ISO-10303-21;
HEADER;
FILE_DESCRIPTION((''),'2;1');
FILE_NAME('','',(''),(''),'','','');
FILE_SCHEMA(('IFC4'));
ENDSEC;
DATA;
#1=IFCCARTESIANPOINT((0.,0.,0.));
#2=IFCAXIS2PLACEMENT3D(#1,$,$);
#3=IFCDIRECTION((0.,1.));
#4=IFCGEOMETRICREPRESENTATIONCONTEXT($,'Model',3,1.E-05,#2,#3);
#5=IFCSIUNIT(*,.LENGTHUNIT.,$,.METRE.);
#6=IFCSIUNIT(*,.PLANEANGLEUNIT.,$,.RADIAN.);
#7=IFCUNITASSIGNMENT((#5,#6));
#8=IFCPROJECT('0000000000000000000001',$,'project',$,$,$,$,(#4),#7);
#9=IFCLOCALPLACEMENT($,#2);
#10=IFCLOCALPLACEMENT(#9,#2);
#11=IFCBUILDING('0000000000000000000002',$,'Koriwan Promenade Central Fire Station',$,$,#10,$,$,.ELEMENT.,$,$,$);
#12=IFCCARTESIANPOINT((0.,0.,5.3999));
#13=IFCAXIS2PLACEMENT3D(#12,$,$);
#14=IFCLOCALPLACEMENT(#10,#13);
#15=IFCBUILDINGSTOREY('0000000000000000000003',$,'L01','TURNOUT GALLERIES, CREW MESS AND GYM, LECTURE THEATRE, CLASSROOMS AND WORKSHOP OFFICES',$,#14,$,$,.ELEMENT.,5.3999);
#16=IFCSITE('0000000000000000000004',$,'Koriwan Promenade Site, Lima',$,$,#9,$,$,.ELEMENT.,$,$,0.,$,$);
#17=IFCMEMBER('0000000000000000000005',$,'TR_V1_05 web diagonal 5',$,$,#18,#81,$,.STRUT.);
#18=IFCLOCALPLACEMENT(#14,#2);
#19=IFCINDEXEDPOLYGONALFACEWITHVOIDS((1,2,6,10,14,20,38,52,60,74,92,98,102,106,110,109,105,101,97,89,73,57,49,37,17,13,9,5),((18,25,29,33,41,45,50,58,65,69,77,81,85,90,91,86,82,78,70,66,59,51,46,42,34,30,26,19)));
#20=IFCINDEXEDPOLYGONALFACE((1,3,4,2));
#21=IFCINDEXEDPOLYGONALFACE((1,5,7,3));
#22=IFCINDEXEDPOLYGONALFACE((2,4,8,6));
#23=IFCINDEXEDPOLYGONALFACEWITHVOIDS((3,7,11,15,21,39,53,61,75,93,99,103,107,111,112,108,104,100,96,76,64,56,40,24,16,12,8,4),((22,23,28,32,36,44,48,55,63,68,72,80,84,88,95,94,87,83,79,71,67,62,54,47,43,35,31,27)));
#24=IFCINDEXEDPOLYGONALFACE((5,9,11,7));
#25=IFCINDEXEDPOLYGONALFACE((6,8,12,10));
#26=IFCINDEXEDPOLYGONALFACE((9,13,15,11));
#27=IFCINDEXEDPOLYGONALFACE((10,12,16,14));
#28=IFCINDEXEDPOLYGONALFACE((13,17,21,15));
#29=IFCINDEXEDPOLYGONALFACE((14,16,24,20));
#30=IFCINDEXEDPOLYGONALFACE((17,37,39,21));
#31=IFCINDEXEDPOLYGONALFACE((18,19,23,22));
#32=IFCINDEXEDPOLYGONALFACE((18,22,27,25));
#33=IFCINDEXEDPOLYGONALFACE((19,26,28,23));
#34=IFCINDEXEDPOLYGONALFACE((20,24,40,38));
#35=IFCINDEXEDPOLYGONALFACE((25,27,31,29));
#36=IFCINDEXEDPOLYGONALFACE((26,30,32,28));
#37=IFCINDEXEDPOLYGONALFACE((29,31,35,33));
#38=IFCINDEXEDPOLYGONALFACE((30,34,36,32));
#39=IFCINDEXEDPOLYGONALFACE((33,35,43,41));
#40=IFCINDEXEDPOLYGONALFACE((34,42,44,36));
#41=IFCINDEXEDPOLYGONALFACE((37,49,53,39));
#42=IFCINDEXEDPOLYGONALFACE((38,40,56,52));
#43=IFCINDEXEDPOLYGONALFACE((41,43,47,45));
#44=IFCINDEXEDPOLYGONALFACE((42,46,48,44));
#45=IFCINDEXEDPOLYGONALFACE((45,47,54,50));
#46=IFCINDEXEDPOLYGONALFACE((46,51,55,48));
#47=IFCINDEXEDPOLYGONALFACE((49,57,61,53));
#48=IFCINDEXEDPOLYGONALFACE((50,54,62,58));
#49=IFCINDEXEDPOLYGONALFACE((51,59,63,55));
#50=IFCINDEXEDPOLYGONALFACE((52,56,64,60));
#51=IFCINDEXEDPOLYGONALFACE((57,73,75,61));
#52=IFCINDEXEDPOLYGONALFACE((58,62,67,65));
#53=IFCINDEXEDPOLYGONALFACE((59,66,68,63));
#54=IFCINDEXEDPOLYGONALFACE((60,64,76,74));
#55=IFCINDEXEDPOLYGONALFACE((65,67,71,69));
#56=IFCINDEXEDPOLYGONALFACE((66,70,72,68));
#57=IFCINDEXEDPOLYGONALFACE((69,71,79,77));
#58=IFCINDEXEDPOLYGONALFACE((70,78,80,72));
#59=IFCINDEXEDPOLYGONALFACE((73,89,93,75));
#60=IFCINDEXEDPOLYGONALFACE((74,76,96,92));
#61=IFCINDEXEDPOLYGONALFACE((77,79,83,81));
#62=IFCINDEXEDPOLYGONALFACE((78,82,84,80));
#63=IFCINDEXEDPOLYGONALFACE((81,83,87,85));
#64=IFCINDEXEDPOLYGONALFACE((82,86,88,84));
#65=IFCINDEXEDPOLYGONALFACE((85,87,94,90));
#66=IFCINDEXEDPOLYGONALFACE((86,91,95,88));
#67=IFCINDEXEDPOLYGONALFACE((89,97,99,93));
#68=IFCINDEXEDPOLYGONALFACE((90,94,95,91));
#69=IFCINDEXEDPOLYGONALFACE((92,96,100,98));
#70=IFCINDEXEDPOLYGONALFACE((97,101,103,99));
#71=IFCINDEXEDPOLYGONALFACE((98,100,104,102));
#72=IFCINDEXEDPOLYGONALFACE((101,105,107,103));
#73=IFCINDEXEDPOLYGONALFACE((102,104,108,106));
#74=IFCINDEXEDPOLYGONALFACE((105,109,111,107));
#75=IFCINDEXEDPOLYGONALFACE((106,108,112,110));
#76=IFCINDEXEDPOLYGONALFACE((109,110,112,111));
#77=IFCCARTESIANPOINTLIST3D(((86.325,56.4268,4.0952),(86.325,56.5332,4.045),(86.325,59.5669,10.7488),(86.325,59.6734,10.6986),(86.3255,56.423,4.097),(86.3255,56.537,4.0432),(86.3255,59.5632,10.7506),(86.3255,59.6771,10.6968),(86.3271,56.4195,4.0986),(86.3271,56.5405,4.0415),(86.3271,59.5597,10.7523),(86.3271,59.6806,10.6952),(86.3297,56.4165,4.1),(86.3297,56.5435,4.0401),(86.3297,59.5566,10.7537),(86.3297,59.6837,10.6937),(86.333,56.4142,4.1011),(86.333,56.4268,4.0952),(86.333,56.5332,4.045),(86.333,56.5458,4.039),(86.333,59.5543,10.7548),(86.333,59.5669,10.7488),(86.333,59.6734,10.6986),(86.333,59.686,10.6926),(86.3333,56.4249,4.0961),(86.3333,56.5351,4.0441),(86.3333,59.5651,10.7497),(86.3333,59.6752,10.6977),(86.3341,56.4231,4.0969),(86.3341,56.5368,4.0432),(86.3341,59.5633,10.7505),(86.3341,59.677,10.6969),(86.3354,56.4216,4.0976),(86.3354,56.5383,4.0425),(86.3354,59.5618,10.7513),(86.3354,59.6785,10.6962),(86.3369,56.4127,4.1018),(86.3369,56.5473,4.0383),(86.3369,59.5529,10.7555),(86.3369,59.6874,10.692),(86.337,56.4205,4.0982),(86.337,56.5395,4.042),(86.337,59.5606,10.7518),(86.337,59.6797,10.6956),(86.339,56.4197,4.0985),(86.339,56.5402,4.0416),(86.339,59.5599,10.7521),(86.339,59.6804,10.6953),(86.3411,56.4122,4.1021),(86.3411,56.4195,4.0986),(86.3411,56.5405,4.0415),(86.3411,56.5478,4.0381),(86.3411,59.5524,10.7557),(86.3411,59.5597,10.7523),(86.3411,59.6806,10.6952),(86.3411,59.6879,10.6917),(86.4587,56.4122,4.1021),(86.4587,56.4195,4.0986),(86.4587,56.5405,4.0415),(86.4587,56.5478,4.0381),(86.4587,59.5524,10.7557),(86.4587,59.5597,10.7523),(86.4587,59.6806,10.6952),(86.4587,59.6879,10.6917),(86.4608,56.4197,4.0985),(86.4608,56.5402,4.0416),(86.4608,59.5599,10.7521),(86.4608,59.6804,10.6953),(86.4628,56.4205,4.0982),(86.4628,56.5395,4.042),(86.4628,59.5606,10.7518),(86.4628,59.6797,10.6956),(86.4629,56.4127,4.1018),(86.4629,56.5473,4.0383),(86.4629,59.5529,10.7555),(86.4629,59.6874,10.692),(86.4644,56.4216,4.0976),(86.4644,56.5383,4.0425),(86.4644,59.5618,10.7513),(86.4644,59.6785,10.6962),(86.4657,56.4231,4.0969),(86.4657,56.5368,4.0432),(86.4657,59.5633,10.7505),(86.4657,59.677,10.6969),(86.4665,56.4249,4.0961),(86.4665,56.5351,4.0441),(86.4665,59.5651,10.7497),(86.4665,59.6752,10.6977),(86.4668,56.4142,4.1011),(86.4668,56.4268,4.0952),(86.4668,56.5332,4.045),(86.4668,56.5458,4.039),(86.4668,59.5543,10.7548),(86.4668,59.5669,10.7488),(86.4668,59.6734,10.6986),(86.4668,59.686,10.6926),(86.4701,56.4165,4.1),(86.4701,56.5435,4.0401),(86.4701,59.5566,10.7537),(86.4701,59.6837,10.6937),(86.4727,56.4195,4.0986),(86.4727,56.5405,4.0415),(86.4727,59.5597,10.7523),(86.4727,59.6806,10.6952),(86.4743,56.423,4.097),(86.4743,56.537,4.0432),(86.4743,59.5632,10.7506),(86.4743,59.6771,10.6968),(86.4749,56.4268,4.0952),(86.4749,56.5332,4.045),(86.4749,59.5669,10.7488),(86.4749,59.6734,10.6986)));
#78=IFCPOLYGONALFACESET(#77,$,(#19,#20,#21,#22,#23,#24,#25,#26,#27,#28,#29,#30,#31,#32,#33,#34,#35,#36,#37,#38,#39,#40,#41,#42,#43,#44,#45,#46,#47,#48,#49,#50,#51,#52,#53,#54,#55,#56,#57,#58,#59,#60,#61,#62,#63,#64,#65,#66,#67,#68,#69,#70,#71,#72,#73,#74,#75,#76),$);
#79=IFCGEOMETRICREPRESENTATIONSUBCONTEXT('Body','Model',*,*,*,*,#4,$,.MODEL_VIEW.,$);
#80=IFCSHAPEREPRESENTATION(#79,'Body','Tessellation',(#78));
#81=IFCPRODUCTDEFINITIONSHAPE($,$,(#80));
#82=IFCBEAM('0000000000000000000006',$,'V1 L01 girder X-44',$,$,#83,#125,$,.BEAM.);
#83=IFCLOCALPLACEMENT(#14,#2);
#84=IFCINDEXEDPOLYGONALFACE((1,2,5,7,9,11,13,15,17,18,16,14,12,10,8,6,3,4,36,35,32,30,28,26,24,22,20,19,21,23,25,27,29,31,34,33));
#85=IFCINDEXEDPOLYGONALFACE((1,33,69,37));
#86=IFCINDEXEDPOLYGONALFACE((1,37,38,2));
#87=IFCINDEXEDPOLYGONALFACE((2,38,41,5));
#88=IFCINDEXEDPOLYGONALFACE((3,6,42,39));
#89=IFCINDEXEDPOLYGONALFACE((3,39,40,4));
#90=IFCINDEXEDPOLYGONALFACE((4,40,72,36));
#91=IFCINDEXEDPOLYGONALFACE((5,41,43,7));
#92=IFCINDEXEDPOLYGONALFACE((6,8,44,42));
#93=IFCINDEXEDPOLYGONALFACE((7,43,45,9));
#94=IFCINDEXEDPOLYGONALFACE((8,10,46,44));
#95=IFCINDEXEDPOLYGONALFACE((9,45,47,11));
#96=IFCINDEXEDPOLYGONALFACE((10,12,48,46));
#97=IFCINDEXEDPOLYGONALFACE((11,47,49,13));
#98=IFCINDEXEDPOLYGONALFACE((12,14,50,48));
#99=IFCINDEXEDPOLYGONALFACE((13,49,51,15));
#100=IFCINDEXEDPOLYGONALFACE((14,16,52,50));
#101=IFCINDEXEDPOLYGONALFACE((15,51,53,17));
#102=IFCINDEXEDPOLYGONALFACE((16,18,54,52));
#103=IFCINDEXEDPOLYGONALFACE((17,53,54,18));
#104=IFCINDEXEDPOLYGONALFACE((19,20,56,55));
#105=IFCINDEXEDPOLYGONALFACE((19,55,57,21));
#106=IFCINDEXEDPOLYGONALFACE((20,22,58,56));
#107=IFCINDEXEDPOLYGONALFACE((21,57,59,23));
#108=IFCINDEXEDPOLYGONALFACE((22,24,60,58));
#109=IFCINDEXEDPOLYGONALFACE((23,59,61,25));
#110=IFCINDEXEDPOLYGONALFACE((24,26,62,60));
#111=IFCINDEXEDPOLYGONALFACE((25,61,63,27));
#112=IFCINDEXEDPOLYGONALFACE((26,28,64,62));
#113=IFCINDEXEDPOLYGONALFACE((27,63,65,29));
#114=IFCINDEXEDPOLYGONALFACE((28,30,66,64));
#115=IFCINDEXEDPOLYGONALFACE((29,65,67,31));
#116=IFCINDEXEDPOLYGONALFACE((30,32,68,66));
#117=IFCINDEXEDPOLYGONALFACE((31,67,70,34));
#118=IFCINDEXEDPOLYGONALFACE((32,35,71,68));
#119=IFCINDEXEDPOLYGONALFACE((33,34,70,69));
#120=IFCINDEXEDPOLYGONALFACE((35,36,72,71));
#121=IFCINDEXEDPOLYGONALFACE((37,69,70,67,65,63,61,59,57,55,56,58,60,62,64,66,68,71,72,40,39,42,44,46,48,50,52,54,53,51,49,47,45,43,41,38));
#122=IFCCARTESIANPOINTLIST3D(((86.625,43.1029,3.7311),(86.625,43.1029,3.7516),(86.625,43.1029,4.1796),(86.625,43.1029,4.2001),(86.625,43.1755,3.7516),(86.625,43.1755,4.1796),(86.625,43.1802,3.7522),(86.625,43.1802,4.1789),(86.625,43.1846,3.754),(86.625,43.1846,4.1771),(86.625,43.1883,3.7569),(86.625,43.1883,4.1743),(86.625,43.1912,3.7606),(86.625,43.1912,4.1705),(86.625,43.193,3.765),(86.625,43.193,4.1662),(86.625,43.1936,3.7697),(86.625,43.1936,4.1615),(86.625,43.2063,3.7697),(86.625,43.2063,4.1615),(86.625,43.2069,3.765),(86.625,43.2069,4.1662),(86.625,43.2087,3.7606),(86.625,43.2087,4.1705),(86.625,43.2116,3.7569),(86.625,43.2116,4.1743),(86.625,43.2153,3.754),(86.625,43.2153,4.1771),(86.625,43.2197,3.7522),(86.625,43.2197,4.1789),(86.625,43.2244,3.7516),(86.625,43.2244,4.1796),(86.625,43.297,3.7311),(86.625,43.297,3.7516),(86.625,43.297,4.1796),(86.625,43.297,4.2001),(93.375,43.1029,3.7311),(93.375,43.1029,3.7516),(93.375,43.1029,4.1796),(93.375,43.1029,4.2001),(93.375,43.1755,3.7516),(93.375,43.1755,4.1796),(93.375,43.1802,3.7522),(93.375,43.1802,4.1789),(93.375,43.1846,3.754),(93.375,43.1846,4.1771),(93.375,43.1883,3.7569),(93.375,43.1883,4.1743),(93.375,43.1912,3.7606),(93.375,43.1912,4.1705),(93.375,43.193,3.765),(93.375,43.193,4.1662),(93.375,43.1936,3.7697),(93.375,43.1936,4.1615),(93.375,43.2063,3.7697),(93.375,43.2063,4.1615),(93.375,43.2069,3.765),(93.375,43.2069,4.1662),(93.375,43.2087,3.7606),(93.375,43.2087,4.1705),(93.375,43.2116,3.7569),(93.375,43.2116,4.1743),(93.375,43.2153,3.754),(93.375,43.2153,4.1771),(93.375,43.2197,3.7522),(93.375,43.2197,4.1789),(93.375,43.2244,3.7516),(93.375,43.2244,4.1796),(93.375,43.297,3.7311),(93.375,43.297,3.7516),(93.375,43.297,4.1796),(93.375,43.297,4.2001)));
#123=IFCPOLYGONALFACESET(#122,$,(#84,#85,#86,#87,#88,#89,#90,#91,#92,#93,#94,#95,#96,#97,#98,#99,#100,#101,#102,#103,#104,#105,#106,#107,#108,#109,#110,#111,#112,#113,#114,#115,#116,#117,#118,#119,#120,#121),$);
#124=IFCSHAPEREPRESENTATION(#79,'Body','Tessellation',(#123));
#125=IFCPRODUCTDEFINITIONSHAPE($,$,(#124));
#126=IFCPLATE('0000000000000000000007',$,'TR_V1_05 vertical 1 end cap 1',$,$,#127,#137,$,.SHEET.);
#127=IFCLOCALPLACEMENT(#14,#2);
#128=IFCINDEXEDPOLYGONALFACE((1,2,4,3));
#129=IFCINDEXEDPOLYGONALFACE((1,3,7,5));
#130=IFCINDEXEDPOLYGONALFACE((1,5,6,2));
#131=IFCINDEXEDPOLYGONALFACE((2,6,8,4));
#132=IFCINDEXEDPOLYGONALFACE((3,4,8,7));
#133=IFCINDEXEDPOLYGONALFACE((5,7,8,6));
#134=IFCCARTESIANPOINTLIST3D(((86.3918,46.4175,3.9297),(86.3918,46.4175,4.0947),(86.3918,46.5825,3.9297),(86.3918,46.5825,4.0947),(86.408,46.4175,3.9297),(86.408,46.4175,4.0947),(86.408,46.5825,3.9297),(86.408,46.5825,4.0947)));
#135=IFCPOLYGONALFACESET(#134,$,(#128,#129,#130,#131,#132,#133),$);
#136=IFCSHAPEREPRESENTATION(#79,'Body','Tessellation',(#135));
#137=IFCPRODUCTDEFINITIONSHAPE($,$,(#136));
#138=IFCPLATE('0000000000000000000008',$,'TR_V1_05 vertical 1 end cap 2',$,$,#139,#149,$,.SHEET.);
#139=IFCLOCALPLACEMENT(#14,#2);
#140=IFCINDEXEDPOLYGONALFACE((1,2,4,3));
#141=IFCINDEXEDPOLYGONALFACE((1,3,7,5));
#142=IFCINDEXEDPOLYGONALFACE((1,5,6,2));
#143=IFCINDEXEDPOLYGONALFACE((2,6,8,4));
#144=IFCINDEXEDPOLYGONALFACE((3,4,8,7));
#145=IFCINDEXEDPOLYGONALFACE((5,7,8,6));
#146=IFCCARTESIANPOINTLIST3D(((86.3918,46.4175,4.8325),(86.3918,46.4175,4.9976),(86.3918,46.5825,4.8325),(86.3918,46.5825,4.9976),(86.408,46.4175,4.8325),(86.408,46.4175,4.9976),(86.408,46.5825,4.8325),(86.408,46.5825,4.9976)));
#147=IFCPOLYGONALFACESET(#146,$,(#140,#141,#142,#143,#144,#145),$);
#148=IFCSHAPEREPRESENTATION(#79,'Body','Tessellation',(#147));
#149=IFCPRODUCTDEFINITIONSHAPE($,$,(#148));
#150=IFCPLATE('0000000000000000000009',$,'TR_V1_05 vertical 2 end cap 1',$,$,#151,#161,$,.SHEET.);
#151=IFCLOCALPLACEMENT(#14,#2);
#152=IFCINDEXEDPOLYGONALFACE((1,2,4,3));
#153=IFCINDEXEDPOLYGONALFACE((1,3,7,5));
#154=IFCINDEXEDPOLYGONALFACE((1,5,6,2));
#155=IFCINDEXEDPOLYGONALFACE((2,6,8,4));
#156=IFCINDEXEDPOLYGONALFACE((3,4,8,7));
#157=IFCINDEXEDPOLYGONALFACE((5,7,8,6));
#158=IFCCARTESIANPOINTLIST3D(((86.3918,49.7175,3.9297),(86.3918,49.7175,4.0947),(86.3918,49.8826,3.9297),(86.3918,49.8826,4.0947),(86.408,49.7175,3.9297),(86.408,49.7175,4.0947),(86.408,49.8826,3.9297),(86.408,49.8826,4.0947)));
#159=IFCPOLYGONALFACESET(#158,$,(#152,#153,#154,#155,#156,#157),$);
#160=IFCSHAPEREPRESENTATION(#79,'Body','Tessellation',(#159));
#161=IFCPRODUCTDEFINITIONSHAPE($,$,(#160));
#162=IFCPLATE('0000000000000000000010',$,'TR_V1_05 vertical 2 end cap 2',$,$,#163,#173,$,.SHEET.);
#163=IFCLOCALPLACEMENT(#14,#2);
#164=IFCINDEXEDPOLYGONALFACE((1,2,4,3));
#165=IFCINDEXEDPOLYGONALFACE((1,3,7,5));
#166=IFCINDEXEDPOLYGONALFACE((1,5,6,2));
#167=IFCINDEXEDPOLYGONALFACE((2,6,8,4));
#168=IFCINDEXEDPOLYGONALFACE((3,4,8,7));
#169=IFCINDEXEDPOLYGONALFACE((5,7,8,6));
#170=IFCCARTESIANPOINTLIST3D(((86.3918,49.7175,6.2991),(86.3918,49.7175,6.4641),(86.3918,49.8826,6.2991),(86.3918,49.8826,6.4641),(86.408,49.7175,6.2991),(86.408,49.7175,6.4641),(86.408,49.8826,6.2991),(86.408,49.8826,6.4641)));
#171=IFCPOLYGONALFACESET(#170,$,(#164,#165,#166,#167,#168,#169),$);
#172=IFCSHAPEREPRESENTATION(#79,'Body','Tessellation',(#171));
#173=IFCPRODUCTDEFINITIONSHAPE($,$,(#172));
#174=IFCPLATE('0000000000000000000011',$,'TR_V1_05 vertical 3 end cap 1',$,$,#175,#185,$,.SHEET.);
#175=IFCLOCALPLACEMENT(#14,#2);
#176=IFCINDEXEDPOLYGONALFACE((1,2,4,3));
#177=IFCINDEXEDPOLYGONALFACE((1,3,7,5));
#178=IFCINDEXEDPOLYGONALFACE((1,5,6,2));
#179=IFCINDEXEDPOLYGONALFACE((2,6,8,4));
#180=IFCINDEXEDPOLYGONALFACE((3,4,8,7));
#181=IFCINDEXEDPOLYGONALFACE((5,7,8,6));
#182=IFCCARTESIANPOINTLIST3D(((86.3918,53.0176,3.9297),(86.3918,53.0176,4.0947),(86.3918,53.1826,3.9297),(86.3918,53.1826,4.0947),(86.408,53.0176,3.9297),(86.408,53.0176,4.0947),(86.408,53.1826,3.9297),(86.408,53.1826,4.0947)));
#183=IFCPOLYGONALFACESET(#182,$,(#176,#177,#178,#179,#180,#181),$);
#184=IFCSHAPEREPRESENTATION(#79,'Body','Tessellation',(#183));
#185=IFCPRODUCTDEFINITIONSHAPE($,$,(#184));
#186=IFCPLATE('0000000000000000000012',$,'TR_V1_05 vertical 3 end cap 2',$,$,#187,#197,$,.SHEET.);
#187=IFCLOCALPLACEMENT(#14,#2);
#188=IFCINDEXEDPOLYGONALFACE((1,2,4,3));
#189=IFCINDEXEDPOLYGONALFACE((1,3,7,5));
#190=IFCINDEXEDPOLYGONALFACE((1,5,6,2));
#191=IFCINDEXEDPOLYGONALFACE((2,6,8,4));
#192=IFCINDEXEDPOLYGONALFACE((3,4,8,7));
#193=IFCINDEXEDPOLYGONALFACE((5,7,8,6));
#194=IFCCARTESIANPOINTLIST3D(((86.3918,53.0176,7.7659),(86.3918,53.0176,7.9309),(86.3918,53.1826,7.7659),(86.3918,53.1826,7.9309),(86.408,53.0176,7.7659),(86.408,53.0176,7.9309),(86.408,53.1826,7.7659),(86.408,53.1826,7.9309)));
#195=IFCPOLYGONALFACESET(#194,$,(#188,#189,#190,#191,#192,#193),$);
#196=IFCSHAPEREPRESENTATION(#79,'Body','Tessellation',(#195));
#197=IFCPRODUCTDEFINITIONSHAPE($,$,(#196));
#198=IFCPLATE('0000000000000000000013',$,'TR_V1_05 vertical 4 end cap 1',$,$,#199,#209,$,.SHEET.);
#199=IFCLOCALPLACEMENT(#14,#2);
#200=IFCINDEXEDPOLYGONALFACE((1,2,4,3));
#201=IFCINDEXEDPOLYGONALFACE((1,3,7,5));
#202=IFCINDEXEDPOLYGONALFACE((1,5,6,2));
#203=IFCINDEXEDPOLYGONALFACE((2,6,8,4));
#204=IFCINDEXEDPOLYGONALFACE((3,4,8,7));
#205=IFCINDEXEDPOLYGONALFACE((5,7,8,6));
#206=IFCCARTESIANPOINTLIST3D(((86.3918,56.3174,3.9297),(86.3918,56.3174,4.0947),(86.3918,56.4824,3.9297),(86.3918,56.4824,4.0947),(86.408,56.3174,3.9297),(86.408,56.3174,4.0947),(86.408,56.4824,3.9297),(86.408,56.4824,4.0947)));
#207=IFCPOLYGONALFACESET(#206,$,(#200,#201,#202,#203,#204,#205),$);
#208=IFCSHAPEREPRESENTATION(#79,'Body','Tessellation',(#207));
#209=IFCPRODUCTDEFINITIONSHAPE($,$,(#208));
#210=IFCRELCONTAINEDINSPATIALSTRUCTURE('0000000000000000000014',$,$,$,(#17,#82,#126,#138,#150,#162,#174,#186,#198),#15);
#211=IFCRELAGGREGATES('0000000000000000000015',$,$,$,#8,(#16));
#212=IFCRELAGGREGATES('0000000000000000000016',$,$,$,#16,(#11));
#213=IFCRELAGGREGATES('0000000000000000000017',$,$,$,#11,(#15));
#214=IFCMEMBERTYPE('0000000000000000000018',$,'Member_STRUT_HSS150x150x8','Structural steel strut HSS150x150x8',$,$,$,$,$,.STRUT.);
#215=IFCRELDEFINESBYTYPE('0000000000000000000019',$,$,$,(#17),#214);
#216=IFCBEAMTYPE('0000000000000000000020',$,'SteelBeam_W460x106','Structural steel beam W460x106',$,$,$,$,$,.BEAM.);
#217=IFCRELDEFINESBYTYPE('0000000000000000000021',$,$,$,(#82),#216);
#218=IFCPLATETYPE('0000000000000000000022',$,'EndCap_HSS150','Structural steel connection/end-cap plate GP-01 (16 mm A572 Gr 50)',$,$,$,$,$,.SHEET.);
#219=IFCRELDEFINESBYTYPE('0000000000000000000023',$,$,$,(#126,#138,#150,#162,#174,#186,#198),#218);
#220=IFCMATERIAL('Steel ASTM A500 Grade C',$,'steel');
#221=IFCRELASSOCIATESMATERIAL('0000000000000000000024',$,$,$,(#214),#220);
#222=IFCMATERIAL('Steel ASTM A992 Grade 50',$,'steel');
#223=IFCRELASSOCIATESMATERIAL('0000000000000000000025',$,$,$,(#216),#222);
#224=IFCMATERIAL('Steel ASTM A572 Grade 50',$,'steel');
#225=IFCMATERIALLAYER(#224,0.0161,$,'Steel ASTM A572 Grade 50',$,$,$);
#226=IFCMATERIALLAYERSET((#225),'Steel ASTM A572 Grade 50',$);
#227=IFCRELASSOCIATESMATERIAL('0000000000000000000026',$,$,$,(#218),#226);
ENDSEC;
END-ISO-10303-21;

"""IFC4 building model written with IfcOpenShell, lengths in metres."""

from ifc_helpers import new_model, si_unit, direction, frame, origin, origin_2d, place, context, subcontext, project, spatial, rectangle, hollow_rectangle, i_section, extrude, material, layer, layer_set, material_profile, profile_set, type_object, element, save


model = new_model("IFC4")

# Units and contexts
model_context = context("Model", 3, precision=1e-05, world=origin(), true_north=direction((0.0, 1.0)))
body_context = subcontext(model_context, "Body", "Model", "MODEL_VIEW")
ifc_project = project(units=[si_unit("LENGTHUNIT", "METRE"), si_unit("PLANEANGLEUNIT", "RADIAN")], contexts=[model_context])

# Site, building, storey
site_placement = place(None, origin())
site = spatial("IfcSite", under=ifc_project, at=site_placement, Name="Koriwan Promenade Site, Lima", CompositionType="ELEMENT", RefElevation=0.0)
building_placement = place(site_placement, origin())
building = spatial("IfcBuilding", under=site, at=building_placement, Name="Koriwan Promenade Central Fire Station", CompositionType="ELEMENT")
storey_placement = place(building_placement, frame((0.0, 0.0, 5.3999)))
storey = spatial("IfcBuildingStorey", under=building, at=storey_placement, Name="L01", Description="TURNOUT GALLERIES, CREW MESS AND GYM, LECTURE THEATRE, CLASSROOMS AND WORKSHOP OFFICES", CompositionType="ELEMENT", Elevation=5.3999)

# Member
ifc_material_1 = material(Name="Steel ASTM A500 Grade C", Category="steel")
ifc_material_2 = material(Name="Steel ASTM A992 Grade 50", Category="steel")
ifc_material_profile_1 = material_profile(ifc_material_1, hollow_rectangle(XDim=0.1499, YDim=0.1499, WallThickness=0.0081, InnerFilletRadius=0.0081, OuterFilletRadius=0.0161, at=origin_2d()), Name="HSS150x150x8")
ifc_profile_set_1 = profile_set([ifc_material_profile_1], Name="Steel ASTM A500 Grade C")
member_type_1 = type_object("IfcMemberType", Name="Member_STRUT_HSS150x150x8", Description="Structural steel strut HSS150x150x8", PredefinedType="STRUT", material=ifc_profile_set_1)
member_1_placement = place(storey_placement, frame((86.3999, 56.48, 4.0701), z_axis=(0.0, 0.426804, 0.904344), x_axis=(-1.0, 0.0, 0.0)))
element("IfcMember", 1, at=member_1_placement, inside=storey, type_object=member_type_1, Name="TR_V1_05 web diagonal 5", PredefinedType="STRUT", context=body_context, shape_type="SweptSolid", body=[
    extrude(hollow_rectangle(XDim=0.1499, YDim=0.1499, WallThickness=0.0081, InnerFilletRadius=0.0081, OuterFilletRadius=0.0161, at=origin_2d()), origin(), (0.0, 0.0, 1.0), 7.3574),
])

# Beam
ifc_material_profile_2 = material_profile(ifc_material_2, i_section(OverallWidth=0.1941, OverallDepth=0.469, WebThickness=0.0127, FlangeThickness=0.0205, FilletRadius=0.0181, at=origin_2d()), Name="W460x106")
ifc_profile_set_2 = profile_set([ifc_material_profile_2], Name="Steel ASTM A992 Grade 50")
beam_type = type_object("IfcBeamType", Name="SteelBeam_W460x106", Description="Structural steel beam W460x106", PredefinedType="BEAM", material=ifc_profile_set_2)
beam_placement = place(storey_placement, frame((86.625, 43.2, 3.9656), z_axis=(1.0, 0.0, 0.0), x_axis=(0.0, 1.0, 0.0)))
element("IfcBeam", 2, at=beam_placement, inside=storey, type_object=beam_type, Name="V1 L01 girder X-44", PredefinedType="BEAM", context=body_context, shape_type="SweptSolid", body=[
    extrude(i_section(OverallWidth=0.1941, OverallDepth=0.469, WebThickness=0.0127, FlangeThickness=0.0205, FilletRadius=0.0181, at=origin_2d()), origin(), (0.0, 0.0, 1.0), 6.75),
])

# Plates
ifc_material_3 = material(Name="Steel ASTM A572 Grade 50", Category="steel")
ifc_layer_1 = layer(ifc_material_3, 0.0161, Name="Steel ASTM A572 Grade 50")
ifc_layer_set_1 = layer_set([ifc_layer_1], Name="Steel ASTM A572 Grade 50")
plate_type_1 = type_object("IfcPlateType", Name="EndCap_HSS150", Description="Structural steel connection/end-cap plate GP-01 (16 mm A572 Gr 50)", PredefinedType="SHEET", material=ifc_layer_set_1)
for number, where, z_axis, x_axis, name in (
    (3, (86.3999, 46.5, 3.9297), (0.0, 0.0, 1.0), (1.0, 0.0, 0.0), "TR_V1_05 vertical 1 end cap 1"),
    (4, (86.3999, 46.5, 4.8325), (0.0, 0.0, 1.0), (1.0, 0.0, 0.0), "TR_V1_05 vertical 1 end cap 2"),
    (5, (86.3999, 49.8, 3.9297), (0.0, 0.0, 1.0), (1.0, 0.0, 0.0), "TR_V1_05 vertical 2 end cap 1"),
    (6, (86.3999, 49.8, 6.2991), (0.0, 0.0, 1.0), (1.0, 0.0, 0.0), "TR_V1_05 vertical 2 end cap 2"),
    (7, (86.3999, 53.1001, 3.9297), (0.0, 0.0, 1.0), (1.0, 0.0, 0.0), "TR_V1_05 vertical 3 end cap 1"),
    (8, (86.3999, 53.1001, 7.7659), (0.0, 0.0, 1.0), (1.0, 0.0, 0.0), "TR_V1_05 vertical 3 end cap 2"),
    (9, (86.3999, 56.3999, 3.9297), (0.0, 0.0, 1.0), (1.0, 0.0, 0.0), "TR_V1_05 vertical 4 end cap 1"),
):
    element("IfcPlate", number, at=place(storey_placement, frame(where, z_axis=z_axis, x_axis=x_axis)), inside=storey, type_object=plate_type_1, Name=name, PredefinedType="SHEET", context=body_context, shape_type="SweptSolid", body=[
        extrude(rectangle(XDim=0.0161, YDim=0.165, at=origin_2d()), origin(), (0.0, 0.0, 1.0), 0.165),
    ])

save(model, "model.ifc")
